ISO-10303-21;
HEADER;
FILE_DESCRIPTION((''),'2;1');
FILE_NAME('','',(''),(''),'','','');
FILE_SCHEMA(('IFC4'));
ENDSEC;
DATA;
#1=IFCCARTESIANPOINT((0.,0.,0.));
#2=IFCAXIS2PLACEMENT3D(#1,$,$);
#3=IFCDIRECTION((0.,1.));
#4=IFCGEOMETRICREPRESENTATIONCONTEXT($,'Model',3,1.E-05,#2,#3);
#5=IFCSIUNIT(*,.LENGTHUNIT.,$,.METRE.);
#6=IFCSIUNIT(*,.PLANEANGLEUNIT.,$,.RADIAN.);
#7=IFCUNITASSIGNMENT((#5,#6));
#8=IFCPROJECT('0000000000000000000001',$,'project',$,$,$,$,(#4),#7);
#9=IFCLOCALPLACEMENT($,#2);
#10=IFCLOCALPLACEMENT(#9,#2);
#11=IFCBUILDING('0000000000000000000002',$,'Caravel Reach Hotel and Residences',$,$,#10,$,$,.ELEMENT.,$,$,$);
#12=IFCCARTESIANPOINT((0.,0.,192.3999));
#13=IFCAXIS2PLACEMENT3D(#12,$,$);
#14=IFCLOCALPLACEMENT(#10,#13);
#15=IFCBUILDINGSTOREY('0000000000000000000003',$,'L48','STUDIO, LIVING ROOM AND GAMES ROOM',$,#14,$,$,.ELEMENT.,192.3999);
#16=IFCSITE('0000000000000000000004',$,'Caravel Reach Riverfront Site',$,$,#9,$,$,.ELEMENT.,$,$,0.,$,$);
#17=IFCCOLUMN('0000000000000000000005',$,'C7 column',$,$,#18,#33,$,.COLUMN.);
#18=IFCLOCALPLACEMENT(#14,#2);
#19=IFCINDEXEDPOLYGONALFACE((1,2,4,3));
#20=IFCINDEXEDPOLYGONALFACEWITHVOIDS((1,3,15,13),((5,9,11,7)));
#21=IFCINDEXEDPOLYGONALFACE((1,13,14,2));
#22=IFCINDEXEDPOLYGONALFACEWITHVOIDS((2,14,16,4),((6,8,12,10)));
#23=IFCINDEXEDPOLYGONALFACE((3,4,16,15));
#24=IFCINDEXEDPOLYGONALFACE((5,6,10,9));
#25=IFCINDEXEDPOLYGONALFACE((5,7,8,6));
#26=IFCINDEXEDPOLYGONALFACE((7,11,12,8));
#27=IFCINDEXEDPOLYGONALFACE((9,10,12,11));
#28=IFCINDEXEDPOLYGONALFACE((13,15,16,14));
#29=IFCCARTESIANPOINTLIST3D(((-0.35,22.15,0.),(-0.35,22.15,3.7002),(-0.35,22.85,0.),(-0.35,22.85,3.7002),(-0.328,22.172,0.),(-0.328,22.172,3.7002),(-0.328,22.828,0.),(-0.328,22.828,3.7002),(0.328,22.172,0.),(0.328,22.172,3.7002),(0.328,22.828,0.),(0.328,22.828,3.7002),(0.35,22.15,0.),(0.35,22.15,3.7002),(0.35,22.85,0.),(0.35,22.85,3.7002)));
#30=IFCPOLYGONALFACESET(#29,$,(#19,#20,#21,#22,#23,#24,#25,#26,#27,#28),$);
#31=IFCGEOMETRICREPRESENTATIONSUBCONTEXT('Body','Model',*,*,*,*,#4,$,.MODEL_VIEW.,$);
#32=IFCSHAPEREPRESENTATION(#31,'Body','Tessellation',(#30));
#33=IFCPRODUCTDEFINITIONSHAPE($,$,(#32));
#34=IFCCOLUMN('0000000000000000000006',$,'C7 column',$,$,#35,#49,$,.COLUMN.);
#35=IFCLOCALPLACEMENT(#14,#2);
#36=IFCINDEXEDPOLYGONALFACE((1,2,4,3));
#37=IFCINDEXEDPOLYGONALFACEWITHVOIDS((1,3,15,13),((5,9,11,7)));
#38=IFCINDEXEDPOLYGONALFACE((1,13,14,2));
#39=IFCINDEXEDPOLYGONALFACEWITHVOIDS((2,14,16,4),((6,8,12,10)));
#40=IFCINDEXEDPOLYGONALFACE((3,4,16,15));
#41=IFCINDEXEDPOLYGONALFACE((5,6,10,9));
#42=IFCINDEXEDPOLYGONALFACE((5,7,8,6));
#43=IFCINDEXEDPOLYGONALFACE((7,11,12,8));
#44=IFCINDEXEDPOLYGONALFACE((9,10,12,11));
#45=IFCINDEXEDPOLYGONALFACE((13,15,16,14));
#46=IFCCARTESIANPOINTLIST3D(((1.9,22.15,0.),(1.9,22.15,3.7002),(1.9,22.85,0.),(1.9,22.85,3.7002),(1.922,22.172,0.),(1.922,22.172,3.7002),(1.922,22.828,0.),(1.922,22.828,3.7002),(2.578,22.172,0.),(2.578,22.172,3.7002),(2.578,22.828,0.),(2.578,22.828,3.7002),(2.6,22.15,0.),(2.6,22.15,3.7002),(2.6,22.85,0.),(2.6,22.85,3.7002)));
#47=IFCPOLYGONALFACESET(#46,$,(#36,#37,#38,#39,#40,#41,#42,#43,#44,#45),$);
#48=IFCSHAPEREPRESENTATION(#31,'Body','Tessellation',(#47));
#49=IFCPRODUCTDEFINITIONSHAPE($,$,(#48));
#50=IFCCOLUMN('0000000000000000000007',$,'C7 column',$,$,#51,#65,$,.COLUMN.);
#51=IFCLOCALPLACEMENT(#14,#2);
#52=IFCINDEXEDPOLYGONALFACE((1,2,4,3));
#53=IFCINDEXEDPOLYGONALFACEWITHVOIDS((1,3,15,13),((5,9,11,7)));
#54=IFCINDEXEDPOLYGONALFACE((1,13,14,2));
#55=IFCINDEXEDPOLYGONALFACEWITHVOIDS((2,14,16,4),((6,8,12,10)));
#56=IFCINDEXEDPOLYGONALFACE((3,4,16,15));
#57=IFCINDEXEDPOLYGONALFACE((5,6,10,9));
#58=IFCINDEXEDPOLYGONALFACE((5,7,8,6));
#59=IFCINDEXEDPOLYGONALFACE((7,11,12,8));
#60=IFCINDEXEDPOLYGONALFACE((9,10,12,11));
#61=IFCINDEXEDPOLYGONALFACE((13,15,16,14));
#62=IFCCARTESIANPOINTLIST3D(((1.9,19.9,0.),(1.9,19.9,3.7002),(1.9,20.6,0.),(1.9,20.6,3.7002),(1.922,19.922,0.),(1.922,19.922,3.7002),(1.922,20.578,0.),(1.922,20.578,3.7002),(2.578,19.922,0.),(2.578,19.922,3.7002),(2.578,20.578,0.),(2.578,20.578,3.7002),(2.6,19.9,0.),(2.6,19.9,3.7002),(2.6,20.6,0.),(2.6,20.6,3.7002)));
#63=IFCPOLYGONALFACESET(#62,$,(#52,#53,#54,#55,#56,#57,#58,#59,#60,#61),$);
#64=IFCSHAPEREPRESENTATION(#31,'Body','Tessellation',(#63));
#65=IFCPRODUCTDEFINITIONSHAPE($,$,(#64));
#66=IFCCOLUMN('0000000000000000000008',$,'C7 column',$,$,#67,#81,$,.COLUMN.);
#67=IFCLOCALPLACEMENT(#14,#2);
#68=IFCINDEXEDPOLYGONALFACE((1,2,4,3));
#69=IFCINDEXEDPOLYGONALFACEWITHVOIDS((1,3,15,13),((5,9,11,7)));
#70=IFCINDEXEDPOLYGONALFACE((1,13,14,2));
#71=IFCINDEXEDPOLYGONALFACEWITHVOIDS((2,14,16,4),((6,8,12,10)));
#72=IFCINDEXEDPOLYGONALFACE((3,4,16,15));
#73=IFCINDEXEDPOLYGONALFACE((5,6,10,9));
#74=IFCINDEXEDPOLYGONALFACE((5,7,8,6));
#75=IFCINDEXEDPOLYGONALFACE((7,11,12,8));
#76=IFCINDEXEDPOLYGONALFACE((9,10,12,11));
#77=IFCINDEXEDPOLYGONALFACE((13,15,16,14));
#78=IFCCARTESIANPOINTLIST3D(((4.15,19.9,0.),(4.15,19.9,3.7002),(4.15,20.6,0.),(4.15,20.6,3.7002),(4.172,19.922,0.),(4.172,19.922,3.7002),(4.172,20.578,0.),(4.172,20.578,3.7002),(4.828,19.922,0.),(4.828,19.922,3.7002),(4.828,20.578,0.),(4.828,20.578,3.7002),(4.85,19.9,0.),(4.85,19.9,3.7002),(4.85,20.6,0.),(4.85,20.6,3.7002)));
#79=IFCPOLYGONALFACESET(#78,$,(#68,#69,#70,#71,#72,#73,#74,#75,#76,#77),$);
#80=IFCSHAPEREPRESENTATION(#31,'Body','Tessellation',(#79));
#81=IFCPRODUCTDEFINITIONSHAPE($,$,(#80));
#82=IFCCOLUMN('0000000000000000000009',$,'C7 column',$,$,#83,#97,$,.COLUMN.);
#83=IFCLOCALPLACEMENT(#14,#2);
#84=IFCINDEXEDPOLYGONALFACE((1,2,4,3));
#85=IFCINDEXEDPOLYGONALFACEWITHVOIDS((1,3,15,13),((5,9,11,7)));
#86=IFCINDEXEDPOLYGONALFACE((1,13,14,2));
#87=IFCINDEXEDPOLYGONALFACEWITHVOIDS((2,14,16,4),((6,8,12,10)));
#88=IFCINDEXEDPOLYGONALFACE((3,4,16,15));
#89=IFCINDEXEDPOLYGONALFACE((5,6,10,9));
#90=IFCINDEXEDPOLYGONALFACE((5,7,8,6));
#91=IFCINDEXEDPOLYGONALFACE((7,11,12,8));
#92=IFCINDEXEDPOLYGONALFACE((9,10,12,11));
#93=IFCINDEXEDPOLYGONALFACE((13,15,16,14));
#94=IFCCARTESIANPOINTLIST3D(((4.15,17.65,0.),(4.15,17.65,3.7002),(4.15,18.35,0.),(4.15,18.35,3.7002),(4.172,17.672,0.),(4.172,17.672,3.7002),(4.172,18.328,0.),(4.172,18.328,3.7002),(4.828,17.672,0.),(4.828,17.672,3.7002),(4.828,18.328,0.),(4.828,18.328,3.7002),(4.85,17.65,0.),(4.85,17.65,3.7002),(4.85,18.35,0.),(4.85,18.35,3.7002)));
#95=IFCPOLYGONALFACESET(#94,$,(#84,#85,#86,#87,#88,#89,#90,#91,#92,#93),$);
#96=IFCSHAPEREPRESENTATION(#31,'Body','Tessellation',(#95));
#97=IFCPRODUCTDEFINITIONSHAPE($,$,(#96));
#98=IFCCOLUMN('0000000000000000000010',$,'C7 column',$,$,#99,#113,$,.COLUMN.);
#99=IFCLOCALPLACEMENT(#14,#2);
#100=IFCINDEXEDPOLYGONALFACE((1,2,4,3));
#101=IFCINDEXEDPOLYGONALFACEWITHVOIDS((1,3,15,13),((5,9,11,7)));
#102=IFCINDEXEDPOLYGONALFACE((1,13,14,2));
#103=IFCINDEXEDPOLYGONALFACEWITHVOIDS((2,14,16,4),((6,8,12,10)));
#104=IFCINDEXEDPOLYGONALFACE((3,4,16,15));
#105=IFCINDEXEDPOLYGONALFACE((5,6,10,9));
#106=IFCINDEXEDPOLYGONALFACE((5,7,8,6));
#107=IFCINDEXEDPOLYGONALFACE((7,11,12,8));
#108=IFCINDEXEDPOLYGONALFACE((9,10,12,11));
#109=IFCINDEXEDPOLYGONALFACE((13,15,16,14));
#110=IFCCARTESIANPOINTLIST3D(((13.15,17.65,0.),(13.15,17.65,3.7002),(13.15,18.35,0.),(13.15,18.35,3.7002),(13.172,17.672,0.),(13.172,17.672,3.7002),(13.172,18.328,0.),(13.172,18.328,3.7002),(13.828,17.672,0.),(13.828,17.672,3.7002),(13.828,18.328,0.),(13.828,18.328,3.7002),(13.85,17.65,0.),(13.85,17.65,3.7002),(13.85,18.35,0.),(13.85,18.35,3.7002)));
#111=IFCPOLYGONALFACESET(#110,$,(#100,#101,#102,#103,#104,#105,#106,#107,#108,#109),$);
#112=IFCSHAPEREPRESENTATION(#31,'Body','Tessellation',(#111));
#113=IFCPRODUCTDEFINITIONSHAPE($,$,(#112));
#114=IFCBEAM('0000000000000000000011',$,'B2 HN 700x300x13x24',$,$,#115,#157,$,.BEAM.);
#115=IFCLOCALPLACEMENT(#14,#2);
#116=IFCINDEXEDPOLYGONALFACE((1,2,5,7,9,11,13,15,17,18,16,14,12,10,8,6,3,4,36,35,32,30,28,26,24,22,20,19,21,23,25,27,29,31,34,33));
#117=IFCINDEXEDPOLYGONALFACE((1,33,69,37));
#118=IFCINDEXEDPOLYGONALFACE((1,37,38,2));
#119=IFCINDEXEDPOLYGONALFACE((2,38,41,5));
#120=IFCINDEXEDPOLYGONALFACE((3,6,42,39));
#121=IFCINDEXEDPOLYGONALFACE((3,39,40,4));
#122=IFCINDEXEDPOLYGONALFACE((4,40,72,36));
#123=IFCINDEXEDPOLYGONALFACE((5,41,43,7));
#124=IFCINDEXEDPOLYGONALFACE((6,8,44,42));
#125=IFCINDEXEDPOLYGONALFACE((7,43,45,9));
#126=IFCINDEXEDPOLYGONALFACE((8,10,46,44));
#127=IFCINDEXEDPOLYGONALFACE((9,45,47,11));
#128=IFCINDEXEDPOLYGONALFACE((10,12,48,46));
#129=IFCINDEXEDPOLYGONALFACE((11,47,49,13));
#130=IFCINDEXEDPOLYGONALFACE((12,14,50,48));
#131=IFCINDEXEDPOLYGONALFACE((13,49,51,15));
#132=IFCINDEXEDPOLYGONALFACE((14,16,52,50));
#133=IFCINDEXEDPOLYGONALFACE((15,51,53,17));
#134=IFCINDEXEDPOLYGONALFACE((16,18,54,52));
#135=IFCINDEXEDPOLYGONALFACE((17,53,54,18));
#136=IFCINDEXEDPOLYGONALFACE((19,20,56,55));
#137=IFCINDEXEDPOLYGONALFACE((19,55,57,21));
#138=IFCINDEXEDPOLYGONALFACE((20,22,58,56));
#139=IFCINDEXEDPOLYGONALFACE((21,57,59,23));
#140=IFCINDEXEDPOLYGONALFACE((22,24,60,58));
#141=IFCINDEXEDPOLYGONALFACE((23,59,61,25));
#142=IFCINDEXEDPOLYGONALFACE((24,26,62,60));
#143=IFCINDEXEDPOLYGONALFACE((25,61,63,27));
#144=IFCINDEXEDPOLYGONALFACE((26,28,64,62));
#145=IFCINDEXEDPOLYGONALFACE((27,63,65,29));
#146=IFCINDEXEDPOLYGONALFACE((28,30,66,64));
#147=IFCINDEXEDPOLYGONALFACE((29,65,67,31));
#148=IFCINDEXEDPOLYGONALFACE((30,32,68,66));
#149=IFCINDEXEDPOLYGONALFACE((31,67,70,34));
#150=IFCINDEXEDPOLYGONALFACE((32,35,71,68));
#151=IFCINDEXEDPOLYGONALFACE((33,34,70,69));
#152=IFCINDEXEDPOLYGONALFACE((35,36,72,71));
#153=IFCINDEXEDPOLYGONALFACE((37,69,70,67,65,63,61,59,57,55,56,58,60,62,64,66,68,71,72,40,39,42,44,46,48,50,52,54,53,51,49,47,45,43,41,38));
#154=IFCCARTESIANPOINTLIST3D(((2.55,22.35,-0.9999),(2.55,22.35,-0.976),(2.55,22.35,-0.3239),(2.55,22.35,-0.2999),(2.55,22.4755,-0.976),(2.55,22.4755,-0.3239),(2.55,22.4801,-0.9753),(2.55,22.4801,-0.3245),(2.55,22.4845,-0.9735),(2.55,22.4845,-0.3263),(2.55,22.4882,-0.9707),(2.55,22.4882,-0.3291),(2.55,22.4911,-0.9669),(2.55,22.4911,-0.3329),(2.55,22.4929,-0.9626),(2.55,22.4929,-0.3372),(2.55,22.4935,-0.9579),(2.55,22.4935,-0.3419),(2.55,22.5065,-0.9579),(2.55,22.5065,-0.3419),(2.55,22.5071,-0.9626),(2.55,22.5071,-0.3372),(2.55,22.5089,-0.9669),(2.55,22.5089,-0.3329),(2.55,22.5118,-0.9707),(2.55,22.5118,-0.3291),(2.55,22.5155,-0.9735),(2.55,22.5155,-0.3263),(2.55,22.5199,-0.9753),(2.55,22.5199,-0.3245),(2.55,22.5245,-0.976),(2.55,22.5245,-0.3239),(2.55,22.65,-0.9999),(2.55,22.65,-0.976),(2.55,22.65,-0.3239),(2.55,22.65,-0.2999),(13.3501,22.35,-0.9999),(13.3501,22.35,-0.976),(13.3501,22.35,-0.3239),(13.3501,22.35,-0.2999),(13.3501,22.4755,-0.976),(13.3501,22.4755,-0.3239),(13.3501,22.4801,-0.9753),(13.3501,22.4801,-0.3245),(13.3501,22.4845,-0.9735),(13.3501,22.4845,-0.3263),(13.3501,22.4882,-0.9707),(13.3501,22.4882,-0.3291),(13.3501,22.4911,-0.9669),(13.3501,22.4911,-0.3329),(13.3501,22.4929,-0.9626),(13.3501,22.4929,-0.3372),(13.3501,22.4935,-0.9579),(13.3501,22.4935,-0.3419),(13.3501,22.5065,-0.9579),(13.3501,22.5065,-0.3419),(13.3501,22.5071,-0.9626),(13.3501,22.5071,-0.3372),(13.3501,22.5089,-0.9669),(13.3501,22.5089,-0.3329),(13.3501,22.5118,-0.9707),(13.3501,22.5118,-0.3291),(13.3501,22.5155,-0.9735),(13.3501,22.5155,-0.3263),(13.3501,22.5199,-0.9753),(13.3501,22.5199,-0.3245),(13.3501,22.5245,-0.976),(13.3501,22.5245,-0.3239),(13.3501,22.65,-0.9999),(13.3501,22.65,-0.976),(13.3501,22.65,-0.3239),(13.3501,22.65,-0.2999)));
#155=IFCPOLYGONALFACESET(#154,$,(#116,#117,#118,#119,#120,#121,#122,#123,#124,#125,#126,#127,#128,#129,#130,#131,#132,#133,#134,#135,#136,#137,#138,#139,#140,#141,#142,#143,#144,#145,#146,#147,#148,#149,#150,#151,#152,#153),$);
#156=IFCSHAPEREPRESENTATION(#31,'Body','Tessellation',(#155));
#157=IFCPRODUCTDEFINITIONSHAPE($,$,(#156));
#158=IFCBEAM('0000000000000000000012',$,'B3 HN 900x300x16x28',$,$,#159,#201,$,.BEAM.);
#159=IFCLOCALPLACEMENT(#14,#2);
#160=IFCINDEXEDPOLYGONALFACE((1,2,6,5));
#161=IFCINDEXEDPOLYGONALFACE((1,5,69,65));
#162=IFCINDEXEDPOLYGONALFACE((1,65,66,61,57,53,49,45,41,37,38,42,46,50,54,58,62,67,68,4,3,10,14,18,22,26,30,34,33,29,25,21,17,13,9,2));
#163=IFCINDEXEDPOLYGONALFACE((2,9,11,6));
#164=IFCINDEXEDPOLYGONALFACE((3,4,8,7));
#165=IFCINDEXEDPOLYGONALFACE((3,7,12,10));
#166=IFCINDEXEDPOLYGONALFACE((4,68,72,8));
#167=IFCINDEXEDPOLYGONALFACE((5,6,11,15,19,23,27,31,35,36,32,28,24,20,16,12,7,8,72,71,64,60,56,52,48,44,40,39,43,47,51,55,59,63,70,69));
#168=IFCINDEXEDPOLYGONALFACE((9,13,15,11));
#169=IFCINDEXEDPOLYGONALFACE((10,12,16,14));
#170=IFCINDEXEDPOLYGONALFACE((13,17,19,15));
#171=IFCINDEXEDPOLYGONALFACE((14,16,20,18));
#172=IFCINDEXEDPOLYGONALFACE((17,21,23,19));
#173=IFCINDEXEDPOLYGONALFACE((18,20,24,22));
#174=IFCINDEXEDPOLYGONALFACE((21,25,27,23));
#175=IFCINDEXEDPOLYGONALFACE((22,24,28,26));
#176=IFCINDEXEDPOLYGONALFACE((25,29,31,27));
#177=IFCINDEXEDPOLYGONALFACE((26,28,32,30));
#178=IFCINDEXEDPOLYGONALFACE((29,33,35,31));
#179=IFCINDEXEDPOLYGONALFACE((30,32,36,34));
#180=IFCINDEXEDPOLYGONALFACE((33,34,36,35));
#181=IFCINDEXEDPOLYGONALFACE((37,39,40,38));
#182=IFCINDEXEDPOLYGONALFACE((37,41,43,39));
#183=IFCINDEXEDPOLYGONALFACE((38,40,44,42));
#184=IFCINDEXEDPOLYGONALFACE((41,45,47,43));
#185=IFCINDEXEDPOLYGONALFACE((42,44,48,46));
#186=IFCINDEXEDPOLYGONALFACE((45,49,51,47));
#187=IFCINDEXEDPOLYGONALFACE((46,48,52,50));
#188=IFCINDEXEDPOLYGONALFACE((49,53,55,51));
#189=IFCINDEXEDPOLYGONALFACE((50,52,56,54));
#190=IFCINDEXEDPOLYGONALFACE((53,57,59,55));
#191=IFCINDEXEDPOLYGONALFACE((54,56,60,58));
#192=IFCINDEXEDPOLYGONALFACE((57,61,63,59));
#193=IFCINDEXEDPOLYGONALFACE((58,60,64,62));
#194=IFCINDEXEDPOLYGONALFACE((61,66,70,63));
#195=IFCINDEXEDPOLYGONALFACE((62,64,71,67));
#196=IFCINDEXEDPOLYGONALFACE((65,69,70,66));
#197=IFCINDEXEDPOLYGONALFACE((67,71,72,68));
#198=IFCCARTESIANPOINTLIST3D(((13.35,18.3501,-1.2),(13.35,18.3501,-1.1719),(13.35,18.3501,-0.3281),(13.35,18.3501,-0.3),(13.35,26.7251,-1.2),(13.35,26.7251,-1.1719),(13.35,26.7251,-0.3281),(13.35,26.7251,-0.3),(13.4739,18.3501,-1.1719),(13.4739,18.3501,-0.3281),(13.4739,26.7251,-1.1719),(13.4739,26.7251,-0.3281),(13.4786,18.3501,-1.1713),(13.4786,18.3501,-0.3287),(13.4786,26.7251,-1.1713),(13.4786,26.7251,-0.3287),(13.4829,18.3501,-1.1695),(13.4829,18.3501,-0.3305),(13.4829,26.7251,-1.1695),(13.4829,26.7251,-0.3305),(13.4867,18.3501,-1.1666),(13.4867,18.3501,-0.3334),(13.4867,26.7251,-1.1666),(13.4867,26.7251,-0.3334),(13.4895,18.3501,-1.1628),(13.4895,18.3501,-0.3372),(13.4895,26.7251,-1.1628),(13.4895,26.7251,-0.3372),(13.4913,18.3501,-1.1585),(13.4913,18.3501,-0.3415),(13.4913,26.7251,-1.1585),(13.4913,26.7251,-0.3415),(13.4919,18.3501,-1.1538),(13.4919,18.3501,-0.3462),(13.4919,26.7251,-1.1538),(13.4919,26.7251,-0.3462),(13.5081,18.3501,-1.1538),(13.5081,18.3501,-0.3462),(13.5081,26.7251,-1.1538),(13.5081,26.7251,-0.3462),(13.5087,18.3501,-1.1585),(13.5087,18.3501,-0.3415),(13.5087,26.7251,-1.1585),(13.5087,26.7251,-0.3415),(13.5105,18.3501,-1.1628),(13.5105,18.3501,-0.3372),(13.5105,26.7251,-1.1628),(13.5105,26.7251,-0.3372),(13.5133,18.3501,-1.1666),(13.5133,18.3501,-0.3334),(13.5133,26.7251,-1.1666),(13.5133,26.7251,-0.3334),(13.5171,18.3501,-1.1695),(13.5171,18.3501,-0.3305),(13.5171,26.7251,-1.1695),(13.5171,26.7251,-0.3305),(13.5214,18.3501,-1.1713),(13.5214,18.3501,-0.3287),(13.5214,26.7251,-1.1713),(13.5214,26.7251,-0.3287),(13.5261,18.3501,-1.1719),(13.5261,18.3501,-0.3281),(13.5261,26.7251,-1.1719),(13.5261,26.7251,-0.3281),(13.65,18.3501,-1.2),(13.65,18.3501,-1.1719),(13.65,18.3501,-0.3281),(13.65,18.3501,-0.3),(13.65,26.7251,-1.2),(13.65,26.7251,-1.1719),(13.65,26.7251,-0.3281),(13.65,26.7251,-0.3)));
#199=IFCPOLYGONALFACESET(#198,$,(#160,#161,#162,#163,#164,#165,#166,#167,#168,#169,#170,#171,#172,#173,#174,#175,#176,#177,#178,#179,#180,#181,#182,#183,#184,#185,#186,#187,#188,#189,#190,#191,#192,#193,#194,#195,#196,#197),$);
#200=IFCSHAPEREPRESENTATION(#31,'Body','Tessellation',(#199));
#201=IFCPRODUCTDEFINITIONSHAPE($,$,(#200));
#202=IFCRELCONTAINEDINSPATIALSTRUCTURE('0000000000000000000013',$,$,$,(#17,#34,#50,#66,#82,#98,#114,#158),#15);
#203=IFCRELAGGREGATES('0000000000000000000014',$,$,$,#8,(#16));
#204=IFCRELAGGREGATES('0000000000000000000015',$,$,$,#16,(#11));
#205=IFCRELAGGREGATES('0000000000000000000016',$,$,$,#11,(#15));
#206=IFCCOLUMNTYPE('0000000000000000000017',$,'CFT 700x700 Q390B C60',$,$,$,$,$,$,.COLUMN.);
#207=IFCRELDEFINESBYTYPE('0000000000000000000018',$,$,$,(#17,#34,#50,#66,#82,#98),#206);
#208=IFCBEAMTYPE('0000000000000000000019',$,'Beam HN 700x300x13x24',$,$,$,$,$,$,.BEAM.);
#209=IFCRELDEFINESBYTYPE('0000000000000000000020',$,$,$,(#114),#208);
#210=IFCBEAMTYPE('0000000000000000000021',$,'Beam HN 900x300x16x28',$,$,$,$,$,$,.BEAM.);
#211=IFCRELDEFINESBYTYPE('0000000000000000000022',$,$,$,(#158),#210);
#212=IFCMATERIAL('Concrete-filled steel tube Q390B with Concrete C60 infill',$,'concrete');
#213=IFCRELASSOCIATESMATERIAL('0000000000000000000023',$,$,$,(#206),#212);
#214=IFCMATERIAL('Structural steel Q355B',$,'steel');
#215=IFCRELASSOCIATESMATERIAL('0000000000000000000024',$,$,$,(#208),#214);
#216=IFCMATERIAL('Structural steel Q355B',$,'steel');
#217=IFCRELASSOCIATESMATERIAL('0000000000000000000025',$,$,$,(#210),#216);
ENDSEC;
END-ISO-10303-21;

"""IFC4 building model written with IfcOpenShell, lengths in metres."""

from ifc_helpers import new_model, si_unit, direction, frame, origin, origin_2d, place, context, subcontext, project, spatial, hollow_rectangle, i_section, extrude, material, material_profile, profile_set, type_object, element, save


model = new_model("IFC4")

# Units and contexts
model_context = context("Model", 3, precision=1e-05, world=origin(), true_north=direction((0.0, 1.0)))
body_context = subcontext(model_context, "Body", "Model", "MODEL_VIEW")
ifc_project = project(units=[si_unit("LENGTHUNIT", "METRE"), si_unit("PLANEANGLEUNIT", "RADIAN")], contexts=[model_context])

# Site, building, storey
site_placement = place(None, origin())
site = spatial("IfcSite", under=ifc_project, at=site_placement, Name="Caravel Reach Riverfront Site", CompositionType="ELEMENT", RefElevation=0.0)
building_placement = place(site_placement, origin())
building = spatial("IfcBuilding", under=site, at=building_placement, Name="Caravel Reach Hotel and Residences", CompositionType="ELEMENT")
storey_placement = place(building_placement, frame((0.0, 0.0, 192.3999)))
storey = spatial("IfcBuildingStorey", under=building, at=storey_placement, Name="L48", Description="STUDIO, LIVING ROOM AND GAMES ROOM", CompositionType="ELEMENT", Elevation=192.3999)

# Columns
ifc_material_1 = material(Name="Concrete-filled steel tube Q390B with Concrete C60 infill", Category="concrete")
ifc_material_profile_1 = material_profile(ifc_material_1, hollow_rectangle(XDim=0.7, YDim=0.7, WallThickness=0.022, at=origin_2d()), Name="RHS 700x700x22")
ifc_profile_set_1 = profile_set([ifc_material_profile_1], Name="Concrete-filled steel tube Q390B with Concrete C60 infill")
column_type = type_object("IfcColumnType", Name="CFT 700x700 Q390B C60", PredefinedType="COLUMN", material=ifc_profile_set_1)
for number, where, z_axis, x_axis, name in (
    (1, (0.0, 22.5, 0.0), (0.0, 0.0, 1.0), (1.0, 0.0, 0.0), "C7 column"),
    (2, (2.25, 22.5, 0.0), (0.0, 0.0, 1.0), (1.0, 0.0, 0.0), "C7 column"),
    (3, (2.25, 20.25, 0.0), (0.0, 0.0, 1.0), (1.0, 0.0, 0.0), "C7 column"),
    (4, (4.5, 20.25, 0.0), (0.0, 0.0, 1.0), (1.0, 0.0, 0.0), "C7 column"),
    (5, (4.5, 18.0, 0.0), (0.0, 0.0, 1.0), (1.0, 0.0, 0.0), "C7 column"),
    (6, (13.5, 18.0, 0.0), (0.0, 0.0, 1.0), (1.0, 0.0, 0.0), "C7 column"),
):
    element("IfcColumn", number, at=place(storey_placement, frame(where, z_axis=z_axis, x_axis=x_axis)), inside=storey, type_object=column_type, Name=name, PredefinedType="COLUMN", context=body_context, shape_type="SweptSolid", body=[
        extrude(hollow_rectangle(XDim=0.7, YDim=0.7, WallThickness=0.022, at=origin_2d()), origin(), (0.0, 0.0, 1.0), 3.7002),
    ])

# Beams
ifc_material_2 = material(Name="Structural steel Q355B", Category="steel")
ifc_material_profile_2 = material_profile(ifc_material_2, i_section(OverallWidth=0.3, OverallDepth=0.7, WebThickness=0.0129, FlangeThickness=0.0239, FilletRadius=0.0181, at=origin_2d()), Name="HN 700x300x13x24")
ifc_profile_set_2 = profile_set([ifc_material_profile_2], Name="Structural steel Q355B")
beam_type_1 = type_object("IfcBeamType", Name="Beam HN 700x300x13x24", PredefinedType="BEAM", material=ifc_profile_set_2)
beam_1_placement = place(storey_placement, frame((13.3501, 22.5, -0.6499), z_axis=(-1.0, 0.0, 0.0), x_axis=(0.0, -1.0, 0.0)))
element("IfcBeam", 7, at=beam_1_placement, inside=storey, type_object=beam_type_1, Name="B2 HN 700x300x13x24", PredefinedType="BEAM", context=body_context, shape_type="SweptSolid", body=[
    extrude(i_section(OverallWidth=0.3, OverallDepth=0.7, WebThickness=0.0129, FlangeThickness=0.0239, FilletRadius=0.0181, at=origin_2d()), origin(), (0.0, 0.0, 1.0), 10.8),
])
ifc_material_3 = material(Name="Structural steel Q355B", Category="steel")
ifc_material_profile_3 = material_profile(ifc_material_3, i_section(OverallWidth=0.3, OverallDepth=0.8999, WebThickness=0.0161, FlangeThickness=0.0281, FilletRadius=0.0181, at=origin_2d()), Name="HN 900x300x16x28")
ifc_profile_set_3 = profile_set([ifc_material_profile_3], Name="Structural steel Q355B")
beam_type_2 = type_object("IfcBeamType", Name="Beam HN 900x300x16x28", PredefinedType="BEAM", material=ifc_profile_set_3)
beam_2_placement = place(storey_placement, frame((13.5, 18.3501, -0.75), z_axis=(0.0, 1.0, 0.0), x_axis=(-1.0, 0.0, 0.0)))
element("IfcBeam", 8, at=beam_2_placement, inside=storey, type_object=beam_type_2, Name="B3 HN 900x300x16x28", PredefinedType="BEAM", context=body_context, shape_type="SweptSolid", body=[
    extrude(i_section(OverallWidth=0.3, OverallDepth=0.8999, WebThickness=0.0161, FlangeThickness=0.0281, FilletRadius=0.0181, at=origin_2d()), origin(), (0.0, 0.0, 1.0), 8.375),
])

save(model, "model.ifc")
